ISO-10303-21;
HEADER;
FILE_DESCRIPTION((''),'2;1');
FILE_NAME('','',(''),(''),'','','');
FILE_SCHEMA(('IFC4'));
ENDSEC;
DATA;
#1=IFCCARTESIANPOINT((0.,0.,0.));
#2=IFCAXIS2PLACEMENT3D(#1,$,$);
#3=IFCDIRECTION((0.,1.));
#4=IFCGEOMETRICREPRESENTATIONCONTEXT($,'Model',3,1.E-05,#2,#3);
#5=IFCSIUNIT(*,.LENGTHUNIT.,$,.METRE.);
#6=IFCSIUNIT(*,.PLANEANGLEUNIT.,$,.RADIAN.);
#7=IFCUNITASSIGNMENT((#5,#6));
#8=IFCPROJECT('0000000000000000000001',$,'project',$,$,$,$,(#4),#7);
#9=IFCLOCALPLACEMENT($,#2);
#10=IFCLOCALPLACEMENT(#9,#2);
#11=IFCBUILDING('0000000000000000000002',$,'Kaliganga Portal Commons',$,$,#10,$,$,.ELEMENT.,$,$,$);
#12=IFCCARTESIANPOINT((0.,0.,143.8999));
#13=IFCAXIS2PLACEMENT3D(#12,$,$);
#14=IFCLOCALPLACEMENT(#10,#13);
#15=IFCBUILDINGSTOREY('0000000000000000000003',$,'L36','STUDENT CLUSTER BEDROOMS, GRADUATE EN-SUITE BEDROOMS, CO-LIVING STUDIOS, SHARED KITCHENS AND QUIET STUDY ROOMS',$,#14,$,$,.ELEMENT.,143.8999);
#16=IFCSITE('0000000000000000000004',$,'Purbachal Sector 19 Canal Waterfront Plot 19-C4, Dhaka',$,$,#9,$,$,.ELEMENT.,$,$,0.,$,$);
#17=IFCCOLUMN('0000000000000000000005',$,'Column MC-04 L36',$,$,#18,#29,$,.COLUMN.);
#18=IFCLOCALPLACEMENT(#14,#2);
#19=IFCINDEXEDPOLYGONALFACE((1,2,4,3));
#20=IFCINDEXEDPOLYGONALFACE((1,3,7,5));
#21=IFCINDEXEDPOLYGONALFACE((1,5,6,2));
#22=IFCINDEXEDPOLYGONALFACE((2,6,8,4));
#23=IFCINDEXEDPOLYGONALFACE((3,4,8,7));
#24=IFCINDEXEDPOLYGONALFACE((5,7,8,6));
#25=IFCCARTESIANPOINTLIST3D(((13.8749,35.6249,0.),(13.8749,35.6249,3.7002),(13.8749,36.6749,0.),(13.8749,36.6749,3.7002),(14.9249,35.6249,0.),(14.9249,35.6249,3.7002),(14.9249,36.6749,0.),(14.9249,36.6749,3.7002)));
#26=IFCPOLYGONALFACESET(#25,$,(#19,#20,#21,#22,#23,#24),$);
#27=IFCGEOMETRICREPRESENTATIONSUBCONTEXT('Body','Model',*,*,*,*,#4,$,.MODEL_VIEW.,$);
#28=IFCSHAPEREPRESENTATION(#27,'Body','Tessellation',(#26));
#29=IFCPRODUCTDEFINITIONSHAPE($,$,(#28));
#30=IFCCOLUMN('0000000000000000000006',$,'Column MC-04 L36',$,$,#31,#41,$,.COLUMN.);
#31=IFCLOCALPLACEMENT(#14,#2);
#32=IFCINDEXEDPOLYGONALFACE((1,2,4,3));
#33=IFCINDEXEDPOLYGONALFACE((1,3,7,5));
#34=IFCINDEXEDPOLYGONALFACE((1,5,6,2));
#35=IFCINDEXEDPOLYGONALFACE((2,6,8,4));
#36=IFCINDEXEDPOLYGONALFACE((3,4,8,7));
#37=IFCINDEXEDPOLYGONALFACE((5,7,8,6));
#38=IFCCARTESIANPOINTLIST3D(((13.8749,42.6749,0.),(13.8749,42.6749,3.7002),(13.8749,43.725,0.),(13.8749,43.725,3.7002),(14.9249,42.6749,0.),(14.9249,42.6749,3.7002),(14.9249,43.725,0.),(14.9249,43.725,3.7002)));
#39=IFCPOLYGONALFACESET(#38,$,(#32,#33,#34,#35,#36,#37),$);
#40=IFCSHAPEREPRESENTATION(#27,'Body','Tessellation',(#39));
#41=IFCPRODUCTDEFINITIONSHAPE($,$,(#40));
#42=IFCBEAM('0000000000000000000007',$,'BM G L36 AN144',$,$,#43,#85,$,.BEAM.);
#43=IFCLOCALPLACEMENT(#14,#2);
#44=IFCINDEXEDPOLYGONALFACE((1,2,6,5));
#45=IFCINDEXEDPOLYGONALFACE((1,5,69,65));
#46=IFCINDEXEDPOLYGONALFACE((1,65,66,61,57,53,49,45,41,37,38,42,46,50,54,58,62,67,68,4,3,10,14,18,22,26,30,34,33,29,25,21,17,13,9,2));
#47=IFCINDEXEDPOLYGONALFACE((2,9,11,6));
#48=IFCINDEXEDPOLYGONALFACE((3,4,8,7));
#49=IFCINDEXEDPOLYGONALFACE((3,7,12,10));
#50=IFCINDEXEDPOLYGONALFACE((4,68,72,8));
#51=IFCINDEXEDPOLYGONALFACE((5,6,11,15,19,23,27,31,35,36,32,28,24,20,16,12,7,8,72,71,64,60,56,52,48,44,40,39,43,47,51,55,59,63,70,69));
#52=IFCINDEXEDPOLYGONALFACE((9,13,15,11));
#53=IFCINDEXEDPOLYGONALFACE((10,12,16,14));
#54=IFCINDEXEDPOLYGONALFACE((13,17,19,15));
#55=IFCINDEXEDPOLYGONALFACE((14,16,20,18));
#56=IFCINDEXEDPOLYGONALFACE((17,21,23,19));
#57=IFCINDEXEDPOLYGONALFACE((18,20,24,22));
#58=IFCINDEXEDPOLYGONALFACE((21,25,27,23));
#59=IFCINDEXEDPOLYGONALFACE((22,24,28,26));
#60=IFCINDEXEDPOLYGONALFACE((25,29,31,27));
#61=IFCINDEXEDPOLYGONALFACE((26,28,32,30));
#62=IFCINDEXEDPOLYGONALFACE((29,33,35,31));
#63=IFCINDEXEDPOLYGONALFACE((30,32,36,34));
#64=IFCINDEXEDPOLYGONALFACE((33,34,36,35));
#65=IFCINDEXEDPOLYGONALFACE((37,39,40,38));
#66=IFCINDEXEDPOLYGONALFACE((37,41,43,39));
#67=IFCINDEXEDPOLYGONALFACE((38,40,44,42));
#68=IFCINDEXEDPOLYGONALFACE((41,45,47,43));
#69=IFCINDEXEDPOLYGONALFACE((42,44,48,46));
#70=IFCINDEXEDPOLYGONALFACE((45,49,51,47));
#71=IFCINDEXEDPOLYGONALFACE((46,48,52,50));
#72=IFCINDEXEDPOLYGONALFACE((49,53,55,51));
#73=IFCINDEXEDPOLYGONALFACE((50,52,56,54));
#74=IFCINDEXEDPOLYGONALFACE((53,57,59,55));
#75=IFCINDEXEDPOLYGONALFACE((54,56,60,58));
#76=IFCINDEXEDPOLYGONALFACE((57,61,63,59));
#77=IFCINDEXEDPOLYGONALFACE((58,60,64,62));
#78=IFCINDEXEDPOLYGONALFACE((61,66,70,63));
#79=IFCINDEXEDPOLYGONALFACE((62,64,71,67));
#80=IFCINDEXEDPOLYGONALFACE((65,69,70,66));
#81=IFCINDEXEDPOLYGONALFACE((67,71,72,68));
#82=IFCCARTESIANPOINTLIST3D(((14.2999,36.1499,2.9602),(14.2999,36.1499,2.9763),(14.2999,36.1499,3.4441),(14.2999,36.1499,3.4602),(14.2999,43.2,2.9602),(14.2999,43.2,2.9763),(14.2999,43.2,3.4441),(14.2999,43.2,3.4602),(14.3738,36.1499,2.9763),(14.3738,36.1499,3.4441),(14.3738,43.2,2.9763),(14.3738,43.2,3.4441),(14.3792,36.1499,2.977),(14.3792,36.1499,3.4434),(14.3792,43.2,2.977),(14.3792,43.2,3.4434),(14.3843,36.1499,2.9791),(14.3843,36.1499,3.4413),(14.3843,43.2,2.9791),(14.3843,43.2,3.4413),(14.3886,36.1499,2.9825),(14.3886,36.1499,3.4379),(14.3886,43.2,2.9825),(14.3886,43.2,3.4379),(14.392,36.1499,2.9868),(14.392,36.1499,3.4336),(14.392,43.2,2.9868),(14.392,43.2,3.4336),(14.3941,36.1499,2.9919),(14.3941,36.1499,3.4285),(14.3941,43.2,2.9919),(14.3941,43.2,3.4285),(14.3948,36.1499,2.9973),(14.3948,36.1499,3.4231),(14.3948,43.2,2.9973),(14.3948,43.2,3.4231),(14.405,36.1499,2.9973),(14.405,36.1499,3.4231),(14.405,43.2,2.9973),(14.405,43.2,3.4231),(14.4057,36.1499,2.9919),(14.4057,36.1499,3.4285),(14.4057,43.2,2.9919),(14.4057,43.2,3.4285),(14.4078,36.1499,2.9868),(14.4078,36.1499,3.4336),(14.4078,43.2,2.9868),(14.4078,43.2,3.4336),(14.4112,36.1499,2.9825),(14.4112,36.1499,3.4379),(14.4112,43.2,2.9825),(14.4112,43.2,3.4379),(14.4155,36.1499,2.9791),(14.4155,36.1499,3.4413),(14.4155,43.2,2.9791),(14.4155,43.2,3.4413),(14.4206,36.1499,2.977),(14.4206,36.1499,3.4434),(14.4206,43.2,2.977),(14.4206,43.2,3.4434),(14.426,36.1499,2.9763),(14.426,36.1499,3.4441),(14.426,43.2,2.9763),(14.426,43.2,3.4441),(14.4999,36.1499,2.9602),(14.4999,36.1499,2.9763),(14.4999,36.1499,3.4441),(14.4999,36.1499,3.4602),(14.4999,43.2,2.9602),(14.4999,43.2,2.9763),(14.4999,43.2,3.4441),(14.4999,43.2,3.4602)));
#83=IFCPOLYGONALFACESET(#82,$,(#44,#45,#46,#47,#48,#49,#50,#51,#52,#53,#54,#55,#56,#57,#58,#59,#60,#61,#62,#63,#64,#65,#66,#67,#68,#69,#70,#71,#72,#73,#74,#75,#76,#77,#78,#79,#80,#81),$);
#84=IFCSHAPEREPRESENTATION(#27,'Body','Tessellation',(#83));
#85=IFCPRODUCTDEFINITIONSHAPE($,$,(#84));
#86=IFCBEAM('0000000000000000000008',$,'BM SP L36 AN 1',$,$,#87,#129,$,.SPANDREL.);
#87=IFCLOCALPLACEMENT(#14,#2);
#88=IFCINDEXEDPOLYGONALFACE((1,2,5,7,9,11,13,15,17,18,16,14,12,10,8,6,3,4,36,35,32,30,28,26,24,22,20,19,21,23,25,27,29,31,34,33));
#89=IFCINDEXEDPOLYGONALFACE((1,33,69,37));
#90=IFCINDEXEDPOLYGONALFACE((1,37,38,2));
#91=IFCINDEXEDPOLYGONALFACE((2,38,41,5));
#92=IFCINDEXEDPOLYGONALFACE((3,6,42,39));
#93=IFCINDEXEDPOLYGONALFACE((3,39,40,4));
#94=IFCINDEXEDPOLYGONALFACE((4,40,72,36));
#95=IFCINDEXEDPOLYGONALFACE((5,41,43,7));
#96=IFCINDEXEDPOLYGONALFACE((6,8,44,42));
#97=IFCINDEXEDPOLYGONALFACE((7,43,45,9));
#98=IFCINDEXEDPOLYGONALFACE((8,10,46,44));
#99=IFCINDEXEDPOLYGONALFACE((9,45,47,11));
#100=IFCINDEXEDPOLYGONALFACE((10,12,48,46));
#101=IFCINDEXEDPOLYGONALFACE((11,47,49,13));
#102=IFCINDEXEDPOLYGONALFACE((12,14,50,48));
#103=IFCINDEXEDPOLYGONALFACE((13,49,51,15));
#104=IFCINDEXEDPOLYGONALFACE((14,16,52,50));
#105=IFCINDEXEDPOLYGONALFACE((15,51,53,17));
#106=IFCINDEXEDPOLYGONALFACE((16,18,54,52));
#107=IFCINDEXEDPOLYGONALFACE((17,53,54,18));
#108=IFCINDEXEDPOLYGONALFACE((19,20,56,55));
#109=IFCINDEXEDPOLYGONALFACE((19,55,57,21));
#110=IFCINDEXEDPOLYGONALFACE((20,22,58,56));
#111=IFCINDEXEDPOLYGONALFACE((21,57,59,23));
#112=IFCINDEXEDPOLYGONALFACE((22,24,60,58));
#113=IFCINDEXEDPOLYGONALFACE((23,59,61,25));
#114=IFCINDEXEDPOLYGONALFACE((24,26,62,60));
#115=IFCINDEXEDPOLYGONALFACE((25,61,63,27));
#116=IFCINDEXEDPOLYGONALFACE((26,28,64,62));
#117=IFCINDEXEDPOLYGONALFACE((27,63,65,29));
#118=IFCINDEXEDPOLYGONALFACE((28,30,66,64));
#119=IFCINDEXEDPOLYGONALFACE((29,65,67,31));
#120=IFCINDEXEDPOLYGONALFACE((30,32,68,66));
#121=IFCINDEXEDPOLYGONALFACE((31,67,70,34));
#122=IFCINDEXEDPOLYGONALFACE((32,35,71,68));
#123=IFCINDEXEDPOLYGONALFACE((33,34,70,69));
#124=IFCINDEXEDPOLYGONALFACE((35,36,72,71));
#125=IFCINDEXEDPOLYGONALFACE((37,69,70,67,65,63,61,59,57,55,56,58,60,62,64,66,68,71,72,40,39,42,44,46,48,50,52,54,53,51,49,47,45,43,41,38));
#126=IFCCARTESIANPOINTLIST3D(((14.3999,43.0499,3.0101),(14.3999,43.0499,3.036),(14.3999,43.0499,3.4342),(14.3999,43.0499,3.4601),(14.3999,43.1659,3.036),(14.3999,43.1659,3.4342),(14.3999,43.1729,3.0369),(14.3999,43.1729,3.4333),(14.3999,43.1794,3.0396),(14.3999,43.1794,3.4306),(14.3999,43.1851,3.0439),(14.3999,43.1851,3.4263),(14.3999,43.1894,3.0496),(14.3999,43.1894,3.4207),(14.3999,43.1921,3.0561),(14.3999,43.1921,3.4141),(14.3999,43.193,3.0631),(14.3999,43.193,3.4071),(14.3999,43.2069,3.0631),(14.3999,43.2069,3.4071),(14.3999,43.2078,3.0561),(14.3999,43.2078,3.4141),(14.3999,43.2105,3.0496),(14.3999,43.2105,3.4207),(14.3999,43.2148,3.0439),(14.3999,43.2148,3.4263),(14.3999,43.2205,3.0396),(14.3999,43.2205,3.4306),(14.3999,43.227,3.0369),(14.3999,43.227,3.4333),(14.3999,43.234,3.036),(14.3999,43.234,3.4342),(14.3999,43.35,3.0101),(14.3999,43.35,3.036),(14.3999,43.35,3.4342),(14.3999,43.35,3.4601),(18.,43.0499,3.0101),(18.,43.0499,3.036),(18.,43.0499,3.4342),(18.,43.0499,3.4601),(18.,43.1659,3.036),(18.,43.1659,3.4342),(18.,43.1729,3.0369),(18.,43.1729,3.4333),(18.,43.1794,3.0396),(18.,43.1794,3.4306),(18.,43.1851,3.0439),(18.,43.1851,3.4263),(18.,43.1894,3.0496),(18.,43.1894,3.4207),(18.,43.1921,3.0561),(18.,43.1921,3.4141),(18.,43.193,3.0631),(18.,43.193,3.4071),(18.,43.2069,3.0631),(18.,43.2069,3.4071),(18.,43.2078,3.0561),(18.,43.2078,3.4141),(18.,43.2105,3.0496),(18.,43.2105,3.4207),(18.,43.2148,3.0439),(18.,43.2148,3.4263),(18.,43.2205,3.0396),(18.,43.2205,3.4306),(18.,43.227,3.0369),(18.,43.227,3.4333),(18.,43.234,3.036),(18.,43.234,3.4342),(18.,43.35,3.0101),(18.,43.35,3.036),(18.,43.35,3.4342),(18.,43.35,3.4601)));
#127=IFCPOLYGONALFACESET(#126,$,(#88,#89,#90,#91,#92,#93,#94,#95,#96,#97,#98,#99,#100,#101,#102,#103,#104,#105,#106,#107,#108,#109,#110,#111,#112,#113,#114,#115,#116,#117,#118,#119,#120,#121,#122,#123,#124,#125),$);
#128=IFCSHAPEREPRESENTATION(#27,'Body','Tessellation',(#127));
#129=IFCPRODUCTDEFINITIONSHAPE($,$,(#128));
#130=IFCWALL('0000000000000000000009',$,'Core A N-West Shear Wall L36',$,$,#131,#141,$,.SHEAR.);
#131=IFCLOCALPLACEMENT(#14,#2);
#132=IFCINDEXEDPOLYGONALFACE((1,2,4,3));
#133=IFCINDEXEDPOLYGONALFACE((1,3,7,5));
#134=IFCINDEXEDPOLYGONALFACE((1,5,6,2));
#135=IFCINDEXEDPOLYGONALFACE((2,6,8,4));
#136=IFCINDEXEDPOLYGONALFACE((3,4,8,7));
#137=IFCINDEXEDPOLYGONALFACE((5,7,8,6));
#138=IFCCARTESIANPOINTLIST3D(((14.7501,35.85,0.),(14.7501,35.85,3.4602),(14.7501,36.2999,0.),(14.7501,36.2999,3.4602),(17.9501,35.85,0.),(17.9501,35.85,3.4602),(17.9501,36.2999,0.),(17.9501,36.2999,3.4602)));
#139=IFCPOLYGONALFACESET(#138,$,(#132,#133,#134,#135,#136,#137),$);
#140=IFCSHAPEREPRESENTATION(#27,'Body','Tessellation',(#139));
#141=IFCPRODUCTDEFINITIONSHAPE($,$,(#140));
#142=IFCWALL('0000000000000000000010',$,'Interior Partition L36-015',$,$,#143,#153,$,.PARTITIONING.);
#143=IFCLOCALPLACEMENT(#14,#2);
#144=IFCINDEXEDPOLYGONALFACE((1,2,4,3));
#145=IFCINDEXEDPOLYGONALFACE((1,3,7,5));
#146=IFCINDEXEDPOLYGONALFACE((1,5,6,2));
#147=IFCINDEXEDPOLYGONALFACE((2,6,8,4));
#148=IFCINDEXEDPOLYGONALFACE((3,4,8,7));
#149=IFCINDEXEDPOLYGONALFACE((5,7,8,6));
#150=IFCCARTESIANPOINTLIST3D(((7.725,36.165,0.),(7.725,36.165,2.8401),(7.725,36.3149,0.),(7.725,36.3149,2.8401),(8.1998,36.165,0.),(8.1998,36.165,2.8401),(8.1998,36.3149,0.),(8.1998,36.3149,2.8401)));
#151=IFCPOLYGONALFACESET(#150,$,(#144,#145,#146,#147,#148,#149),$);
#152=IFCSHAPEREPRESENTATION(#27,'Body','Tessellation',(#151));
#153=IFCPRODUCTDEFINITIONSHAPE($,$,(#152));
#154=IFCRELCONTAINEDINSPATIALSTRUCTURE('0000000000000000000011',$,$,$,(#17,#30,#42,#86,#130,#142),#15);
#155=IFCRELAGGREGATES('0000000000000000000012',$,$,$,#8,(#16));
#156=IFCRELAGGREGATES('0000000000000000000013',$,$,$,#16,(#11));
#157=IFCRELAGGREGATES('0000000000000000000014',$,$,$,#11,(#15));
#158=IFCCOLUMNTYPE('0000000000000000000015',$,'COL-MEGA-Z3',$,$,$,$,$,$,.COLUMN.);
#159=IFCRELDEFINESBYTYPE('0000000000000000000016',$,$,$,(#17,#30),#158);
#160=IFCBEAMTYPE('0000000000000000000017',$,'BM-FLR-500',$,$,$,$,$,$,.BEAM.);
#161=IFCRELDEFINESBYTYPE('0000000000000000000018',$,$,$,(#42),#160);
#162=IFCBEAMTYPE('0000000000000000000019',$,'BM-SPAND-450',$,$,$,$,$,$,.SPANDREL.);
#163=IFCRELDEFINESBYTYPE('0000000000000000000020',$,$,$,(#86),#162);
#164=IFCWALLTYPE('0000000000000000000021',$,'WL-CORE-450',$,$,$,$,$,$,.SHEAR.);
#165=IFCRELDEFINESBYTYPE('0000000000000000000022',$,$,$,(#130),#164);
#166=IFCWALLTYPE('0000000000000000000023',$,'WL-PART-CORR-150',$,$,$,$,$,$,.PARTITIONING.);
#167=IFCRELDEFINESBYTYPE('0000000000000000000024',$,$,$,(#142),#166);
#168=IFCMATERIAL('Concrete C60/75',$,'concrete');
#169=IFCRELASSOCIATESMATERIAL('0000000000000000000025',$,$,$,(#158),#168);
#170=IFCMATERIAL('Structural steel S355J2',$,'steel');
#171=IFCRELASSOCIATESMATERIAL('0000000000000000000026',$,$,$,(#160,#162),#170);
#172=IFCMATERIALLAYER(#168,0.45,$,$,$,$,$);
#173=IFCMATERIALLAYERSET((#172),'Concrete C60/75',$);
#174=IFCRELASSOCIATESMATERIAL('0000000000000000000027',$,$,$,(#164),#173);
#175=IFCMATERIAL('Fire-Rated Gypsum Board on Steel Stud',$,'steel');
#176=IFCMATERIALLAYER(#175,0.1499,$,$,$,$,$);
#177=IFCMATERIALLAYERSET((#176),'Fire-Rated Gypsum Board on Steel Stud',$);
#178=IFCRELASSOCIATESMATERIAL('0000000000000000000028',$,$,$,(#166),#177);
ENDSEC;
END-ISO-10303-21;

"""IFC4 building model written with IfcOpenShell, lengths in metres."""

from ifc_helpers import new_model, si_unit, direction, frame, frame_2d, origin, origin_2d, place, context, subcontext, project, spatial, rectangle, i_section, extrude, source, transform, mapped, material, layer, layer_set, material_profile, profile_set, type_object, element, save


model = new_model("IFC4")

# Units and contexts
model_context = context("Model", 3, precision=1e-05, world=origin(), true_north=direction((0.0, 1.0)))
body_context = subcontext(model_context, "Body", "Model", "MODEL_VIEW")
ifc_project = project(units=[si_unit("LENGTHUNIT", "METRE"), si_unit("PLANEANGLEUNIT", "RADIAN")], contexts=[model_context])

# Site, building, storey
site_placement = place(None, origin())
site = spatial("IfcSite", under=ifc_project, at=site_placement, Name="Purbachal Sector 19 Canal Waterfront Plot 19-C4, Dhaka", CompositionType="ELEMENT", RefElevation=0.0)
building_placement = place(site_placement, origin())
building = spatial("IfcBuilding", under=site, at=building_placement, Name="Kaliganga Portal Commons", CompositionType="ELEMENT")
storey_placement = place(building_placement, frame((0.0, 0.0, 143.8999)))
storey = spatial("IfcBuildingStorey", under=building, at=storey_placement, Name="L36", Description="STUDENT CLUSTER BEDROOMS, GRADUATE EN-SUITE BEDROOMS, CO-LIVING STUDIOS, SHARED KITCHENS AND QUIET STUDY ROOMS", CompositionType="ELEMENT", Elevation=143.8999)

# Columns
ifc_material_1 = material(Name="Concrete C60/75", Category="concrete")
ifc_material_profile_1 = material_profile(ifc_material_1, rectangle(XDim=1.05, YDim=1.05, at=origin_2d()), Name="RC 1050x1050")
ifc_profile_set_1 = profile_set([ifc_material_profile_1], Name="Concrete C60/75")
column_type = type_object("IfcColumnType", Name="COL-MEGA-Z3", PredefinedType="COLUMN", material=ifc_profile_set_1)
shared_shape_1 = source(origin(), body_context, "Body", "SweptSolid", [
    extrude(rectangle(XDim=1.05, YDim=1.05, at=origin_2d()), origin(), (0.0, 0.0, 1.0), 3.7002),
])
for number, where, z_axis, x_axis, name in (
    (1, (14.3999, 36.1499, 0.0), (0.0, 0.0, 1.0), (1.0, 0.0, 0.0), "Column MC-04 L36"),
    (2, (14.3999, 43.2, 0.0), (0.0, 0.0, 1.0), (1.0, 0.0, 0.0), "Column MC-04 L36"),
):
    element("IfcColumn", number, at=place(storey_placement, frame(where, z_axis=z_axis, x_axis=x_axis)), inside=storey, type_object=column_type, Name=name, PredefinedType="COLUMN", context=body_context, shape_type="MappedRepresentation", body=[
        mapped(shared_shape_1, transform((0.0, 0.0, 0.0), x_axis=(1.0, 0.0, 0.0), y_axis=(0.0, 1.0, 0.0), z_axis=(0.0, 0.0, 1.0), scale=1.0)),
    ])

# Beams
ifc_material_2 = material(Name="Structural steel S355J2", Category="steel")
ifc_material_profile_2 = material_profile(ifc_material_2, i_section(OverallWidth=0.2, OverallDepth=0.5, WebThickness=0.0103, FlangeThickness=0.0161, FilletRadius=0.021, at=origin_2d()), Name="IPE 500")
ifc_profile_set_2 = profile_set([ifc_material_profile_2], Name="Structural steel S355J2 wide-flange")
beam_type_1 = type_object("IfcBeamType", Name="BM-FLR-500", PredefinedType="BEAM", material=ifc_profile_set_2)
shared_shape_2 = source(origin(), body_context, "Body", "SweptSolid", [
    extrude(i_section(OverallWidth=0.2, OverallDepth=0.5, WebThickness=0.0103, FlangeThickness=0.0161, FilletRadius=0.021, at=origin_2d()), origin(), (0.0, 0.0, 1.0), 7.05),
])
beam_1_placement = place(storey_placement, frame((14.3999, 36.1499, 3.2102), z_axis=(0.0, 1.0, 0.0), x_axis=(-1.0, 0.0, 0.0)))
element("IfcBeam", 3, at=beam_1_placement, inside=storey, type_object=beam_type_1, Name="BM G L36 AN144", PredefinedType="BEAM", context=body_context, shape_type="MappedRepresentation", body=[
    mapped(shared_shape_2, transform((0.0, 0.0, 0.0), x_axis=(1.0, 0.0, 0.0), y_axis=(0.0, 1.0, 0.0), z_axis=(0.0, 0.0, 1.0), scale=1.0)),
])
ifc_material_profile_3 = material_profile(ifc_material_2, i_section(OverallWidth=0.3, OverallDepth=0.45, WebThickness=0.0139, FlangeThickness=0.0259, FilletRadius=0.0271, at=origin_2d()), Name="HE 450 B")
ifc_profile_set_3 = profile_set([ifc_material_profile_3], Name="Structural steel S355J2 wide-flange")
beam_type_2 = type_object("IfcBeamType", Name="BM-SPAND-450", PredefinedType="SPANDREL", material=ifc_profile_set_3)
shared_shape_3 = source(origin(), body_context, "Body", "SweptSolid", [
    extrude(i_section(OverallWidth=0.3, OverallDepth=0.45, WebThickness=0.0139, FlangeThickness=0.0259, FilletRadius=0.0271, at=origin_2d()), origin(), (0.0, 0.0, 1.0), 3.6001),
])
beam_2_placement = place(storey_placement, frame((14.3999, 43.2, 3.2351), z_axis=(1.0, 0.0, 0.0), x_axis=(0.0, 1.0, 0.0)))
element("IfcBeam", 4, at=beam_2_placement, inside=storey, type_object=beam_type_2, Name="BM SP L36 AN 1", PredefinedType="SPANDREL", context=body_context, shape_type="MappedRepresentation", body=[
    mapped(shared_shape_3, transform((0.0, 0.0, 0.0), x_axis=(1.0, 0.0, 0.0), y_axis=(0.0, 1.0, 0.0), z_axis=(0.0, 0.0, 1.0), scale=1.0)),
])

# Walls
ifc_layer_1 = layer(ifc_material_1, 0.45)
ifc_layer_set_1 = layer_set([ifc_layer_1], Name="Concrete C60/75")
wall_type_1 = type_object("IfcWallType", Name="WL-CORE-450", PredefinedType="SHEAR", material=ifc_layer_set_1)
wall_1_placement = place(storey_placement, frame((14.75, 36.075, 0.0), z_axis=(0.0, 0.0, 1.0), x_axis=(1.0, 0.0, 0.0)))
element("IfcWall", 5, at=wall_1_placement, inside=storey, type_object=wall_type_1, Name="Core A N-West Shear Wall L36", PredefinedType="SHEAR", context=body_context, shape_type="SweptSolid", body=[
    extrude(rectangle(XDim=3.2, YDim=0.45, at=frame_2d((1.6001, 0.0))), origin(), (0.0, 0.0, 1.0), 3.4602),
])
ifc_material_3 = material(Name="Fire-Rated Gypsum Board on Steel Stud", Category="steel")
ifc_layer_2 = layer(ifc_material_3, 0.1499)
ifc_layer_set_2 = layer_set([ifc_layer_2], Name="Fire-Rated Gypsum Board on Steel Stud")
wall_type_2 = type_object("IfcWallType", Name="WL-PART-CORR-150", PredefinedType="PARTITIONING", material=ifc_layer_set_2)
wall_2_placement = place(storey_placement, frame((7.7251, 36.24, 0.0), z_axis=(0.0, 0.0, 1.0), x_axis=(1.0, 0.0, 0.0)))
element("IfcWall", 6, at=wall_2_placement, inside=storey, type_object=wall_type_2, Name="Interior Partition L36-015", PredefinedType="PARTITIONING", context=body_context, shape_type="SweptSolid", body=[
    extrude(rectangle(XDim=0.4749, YDim=0.1499, at=frame_2d((0.2373, 0.0))), origin(), (0.0, 0.0, 1.0), 2.8401),
])

save(model, "model.ifc")
